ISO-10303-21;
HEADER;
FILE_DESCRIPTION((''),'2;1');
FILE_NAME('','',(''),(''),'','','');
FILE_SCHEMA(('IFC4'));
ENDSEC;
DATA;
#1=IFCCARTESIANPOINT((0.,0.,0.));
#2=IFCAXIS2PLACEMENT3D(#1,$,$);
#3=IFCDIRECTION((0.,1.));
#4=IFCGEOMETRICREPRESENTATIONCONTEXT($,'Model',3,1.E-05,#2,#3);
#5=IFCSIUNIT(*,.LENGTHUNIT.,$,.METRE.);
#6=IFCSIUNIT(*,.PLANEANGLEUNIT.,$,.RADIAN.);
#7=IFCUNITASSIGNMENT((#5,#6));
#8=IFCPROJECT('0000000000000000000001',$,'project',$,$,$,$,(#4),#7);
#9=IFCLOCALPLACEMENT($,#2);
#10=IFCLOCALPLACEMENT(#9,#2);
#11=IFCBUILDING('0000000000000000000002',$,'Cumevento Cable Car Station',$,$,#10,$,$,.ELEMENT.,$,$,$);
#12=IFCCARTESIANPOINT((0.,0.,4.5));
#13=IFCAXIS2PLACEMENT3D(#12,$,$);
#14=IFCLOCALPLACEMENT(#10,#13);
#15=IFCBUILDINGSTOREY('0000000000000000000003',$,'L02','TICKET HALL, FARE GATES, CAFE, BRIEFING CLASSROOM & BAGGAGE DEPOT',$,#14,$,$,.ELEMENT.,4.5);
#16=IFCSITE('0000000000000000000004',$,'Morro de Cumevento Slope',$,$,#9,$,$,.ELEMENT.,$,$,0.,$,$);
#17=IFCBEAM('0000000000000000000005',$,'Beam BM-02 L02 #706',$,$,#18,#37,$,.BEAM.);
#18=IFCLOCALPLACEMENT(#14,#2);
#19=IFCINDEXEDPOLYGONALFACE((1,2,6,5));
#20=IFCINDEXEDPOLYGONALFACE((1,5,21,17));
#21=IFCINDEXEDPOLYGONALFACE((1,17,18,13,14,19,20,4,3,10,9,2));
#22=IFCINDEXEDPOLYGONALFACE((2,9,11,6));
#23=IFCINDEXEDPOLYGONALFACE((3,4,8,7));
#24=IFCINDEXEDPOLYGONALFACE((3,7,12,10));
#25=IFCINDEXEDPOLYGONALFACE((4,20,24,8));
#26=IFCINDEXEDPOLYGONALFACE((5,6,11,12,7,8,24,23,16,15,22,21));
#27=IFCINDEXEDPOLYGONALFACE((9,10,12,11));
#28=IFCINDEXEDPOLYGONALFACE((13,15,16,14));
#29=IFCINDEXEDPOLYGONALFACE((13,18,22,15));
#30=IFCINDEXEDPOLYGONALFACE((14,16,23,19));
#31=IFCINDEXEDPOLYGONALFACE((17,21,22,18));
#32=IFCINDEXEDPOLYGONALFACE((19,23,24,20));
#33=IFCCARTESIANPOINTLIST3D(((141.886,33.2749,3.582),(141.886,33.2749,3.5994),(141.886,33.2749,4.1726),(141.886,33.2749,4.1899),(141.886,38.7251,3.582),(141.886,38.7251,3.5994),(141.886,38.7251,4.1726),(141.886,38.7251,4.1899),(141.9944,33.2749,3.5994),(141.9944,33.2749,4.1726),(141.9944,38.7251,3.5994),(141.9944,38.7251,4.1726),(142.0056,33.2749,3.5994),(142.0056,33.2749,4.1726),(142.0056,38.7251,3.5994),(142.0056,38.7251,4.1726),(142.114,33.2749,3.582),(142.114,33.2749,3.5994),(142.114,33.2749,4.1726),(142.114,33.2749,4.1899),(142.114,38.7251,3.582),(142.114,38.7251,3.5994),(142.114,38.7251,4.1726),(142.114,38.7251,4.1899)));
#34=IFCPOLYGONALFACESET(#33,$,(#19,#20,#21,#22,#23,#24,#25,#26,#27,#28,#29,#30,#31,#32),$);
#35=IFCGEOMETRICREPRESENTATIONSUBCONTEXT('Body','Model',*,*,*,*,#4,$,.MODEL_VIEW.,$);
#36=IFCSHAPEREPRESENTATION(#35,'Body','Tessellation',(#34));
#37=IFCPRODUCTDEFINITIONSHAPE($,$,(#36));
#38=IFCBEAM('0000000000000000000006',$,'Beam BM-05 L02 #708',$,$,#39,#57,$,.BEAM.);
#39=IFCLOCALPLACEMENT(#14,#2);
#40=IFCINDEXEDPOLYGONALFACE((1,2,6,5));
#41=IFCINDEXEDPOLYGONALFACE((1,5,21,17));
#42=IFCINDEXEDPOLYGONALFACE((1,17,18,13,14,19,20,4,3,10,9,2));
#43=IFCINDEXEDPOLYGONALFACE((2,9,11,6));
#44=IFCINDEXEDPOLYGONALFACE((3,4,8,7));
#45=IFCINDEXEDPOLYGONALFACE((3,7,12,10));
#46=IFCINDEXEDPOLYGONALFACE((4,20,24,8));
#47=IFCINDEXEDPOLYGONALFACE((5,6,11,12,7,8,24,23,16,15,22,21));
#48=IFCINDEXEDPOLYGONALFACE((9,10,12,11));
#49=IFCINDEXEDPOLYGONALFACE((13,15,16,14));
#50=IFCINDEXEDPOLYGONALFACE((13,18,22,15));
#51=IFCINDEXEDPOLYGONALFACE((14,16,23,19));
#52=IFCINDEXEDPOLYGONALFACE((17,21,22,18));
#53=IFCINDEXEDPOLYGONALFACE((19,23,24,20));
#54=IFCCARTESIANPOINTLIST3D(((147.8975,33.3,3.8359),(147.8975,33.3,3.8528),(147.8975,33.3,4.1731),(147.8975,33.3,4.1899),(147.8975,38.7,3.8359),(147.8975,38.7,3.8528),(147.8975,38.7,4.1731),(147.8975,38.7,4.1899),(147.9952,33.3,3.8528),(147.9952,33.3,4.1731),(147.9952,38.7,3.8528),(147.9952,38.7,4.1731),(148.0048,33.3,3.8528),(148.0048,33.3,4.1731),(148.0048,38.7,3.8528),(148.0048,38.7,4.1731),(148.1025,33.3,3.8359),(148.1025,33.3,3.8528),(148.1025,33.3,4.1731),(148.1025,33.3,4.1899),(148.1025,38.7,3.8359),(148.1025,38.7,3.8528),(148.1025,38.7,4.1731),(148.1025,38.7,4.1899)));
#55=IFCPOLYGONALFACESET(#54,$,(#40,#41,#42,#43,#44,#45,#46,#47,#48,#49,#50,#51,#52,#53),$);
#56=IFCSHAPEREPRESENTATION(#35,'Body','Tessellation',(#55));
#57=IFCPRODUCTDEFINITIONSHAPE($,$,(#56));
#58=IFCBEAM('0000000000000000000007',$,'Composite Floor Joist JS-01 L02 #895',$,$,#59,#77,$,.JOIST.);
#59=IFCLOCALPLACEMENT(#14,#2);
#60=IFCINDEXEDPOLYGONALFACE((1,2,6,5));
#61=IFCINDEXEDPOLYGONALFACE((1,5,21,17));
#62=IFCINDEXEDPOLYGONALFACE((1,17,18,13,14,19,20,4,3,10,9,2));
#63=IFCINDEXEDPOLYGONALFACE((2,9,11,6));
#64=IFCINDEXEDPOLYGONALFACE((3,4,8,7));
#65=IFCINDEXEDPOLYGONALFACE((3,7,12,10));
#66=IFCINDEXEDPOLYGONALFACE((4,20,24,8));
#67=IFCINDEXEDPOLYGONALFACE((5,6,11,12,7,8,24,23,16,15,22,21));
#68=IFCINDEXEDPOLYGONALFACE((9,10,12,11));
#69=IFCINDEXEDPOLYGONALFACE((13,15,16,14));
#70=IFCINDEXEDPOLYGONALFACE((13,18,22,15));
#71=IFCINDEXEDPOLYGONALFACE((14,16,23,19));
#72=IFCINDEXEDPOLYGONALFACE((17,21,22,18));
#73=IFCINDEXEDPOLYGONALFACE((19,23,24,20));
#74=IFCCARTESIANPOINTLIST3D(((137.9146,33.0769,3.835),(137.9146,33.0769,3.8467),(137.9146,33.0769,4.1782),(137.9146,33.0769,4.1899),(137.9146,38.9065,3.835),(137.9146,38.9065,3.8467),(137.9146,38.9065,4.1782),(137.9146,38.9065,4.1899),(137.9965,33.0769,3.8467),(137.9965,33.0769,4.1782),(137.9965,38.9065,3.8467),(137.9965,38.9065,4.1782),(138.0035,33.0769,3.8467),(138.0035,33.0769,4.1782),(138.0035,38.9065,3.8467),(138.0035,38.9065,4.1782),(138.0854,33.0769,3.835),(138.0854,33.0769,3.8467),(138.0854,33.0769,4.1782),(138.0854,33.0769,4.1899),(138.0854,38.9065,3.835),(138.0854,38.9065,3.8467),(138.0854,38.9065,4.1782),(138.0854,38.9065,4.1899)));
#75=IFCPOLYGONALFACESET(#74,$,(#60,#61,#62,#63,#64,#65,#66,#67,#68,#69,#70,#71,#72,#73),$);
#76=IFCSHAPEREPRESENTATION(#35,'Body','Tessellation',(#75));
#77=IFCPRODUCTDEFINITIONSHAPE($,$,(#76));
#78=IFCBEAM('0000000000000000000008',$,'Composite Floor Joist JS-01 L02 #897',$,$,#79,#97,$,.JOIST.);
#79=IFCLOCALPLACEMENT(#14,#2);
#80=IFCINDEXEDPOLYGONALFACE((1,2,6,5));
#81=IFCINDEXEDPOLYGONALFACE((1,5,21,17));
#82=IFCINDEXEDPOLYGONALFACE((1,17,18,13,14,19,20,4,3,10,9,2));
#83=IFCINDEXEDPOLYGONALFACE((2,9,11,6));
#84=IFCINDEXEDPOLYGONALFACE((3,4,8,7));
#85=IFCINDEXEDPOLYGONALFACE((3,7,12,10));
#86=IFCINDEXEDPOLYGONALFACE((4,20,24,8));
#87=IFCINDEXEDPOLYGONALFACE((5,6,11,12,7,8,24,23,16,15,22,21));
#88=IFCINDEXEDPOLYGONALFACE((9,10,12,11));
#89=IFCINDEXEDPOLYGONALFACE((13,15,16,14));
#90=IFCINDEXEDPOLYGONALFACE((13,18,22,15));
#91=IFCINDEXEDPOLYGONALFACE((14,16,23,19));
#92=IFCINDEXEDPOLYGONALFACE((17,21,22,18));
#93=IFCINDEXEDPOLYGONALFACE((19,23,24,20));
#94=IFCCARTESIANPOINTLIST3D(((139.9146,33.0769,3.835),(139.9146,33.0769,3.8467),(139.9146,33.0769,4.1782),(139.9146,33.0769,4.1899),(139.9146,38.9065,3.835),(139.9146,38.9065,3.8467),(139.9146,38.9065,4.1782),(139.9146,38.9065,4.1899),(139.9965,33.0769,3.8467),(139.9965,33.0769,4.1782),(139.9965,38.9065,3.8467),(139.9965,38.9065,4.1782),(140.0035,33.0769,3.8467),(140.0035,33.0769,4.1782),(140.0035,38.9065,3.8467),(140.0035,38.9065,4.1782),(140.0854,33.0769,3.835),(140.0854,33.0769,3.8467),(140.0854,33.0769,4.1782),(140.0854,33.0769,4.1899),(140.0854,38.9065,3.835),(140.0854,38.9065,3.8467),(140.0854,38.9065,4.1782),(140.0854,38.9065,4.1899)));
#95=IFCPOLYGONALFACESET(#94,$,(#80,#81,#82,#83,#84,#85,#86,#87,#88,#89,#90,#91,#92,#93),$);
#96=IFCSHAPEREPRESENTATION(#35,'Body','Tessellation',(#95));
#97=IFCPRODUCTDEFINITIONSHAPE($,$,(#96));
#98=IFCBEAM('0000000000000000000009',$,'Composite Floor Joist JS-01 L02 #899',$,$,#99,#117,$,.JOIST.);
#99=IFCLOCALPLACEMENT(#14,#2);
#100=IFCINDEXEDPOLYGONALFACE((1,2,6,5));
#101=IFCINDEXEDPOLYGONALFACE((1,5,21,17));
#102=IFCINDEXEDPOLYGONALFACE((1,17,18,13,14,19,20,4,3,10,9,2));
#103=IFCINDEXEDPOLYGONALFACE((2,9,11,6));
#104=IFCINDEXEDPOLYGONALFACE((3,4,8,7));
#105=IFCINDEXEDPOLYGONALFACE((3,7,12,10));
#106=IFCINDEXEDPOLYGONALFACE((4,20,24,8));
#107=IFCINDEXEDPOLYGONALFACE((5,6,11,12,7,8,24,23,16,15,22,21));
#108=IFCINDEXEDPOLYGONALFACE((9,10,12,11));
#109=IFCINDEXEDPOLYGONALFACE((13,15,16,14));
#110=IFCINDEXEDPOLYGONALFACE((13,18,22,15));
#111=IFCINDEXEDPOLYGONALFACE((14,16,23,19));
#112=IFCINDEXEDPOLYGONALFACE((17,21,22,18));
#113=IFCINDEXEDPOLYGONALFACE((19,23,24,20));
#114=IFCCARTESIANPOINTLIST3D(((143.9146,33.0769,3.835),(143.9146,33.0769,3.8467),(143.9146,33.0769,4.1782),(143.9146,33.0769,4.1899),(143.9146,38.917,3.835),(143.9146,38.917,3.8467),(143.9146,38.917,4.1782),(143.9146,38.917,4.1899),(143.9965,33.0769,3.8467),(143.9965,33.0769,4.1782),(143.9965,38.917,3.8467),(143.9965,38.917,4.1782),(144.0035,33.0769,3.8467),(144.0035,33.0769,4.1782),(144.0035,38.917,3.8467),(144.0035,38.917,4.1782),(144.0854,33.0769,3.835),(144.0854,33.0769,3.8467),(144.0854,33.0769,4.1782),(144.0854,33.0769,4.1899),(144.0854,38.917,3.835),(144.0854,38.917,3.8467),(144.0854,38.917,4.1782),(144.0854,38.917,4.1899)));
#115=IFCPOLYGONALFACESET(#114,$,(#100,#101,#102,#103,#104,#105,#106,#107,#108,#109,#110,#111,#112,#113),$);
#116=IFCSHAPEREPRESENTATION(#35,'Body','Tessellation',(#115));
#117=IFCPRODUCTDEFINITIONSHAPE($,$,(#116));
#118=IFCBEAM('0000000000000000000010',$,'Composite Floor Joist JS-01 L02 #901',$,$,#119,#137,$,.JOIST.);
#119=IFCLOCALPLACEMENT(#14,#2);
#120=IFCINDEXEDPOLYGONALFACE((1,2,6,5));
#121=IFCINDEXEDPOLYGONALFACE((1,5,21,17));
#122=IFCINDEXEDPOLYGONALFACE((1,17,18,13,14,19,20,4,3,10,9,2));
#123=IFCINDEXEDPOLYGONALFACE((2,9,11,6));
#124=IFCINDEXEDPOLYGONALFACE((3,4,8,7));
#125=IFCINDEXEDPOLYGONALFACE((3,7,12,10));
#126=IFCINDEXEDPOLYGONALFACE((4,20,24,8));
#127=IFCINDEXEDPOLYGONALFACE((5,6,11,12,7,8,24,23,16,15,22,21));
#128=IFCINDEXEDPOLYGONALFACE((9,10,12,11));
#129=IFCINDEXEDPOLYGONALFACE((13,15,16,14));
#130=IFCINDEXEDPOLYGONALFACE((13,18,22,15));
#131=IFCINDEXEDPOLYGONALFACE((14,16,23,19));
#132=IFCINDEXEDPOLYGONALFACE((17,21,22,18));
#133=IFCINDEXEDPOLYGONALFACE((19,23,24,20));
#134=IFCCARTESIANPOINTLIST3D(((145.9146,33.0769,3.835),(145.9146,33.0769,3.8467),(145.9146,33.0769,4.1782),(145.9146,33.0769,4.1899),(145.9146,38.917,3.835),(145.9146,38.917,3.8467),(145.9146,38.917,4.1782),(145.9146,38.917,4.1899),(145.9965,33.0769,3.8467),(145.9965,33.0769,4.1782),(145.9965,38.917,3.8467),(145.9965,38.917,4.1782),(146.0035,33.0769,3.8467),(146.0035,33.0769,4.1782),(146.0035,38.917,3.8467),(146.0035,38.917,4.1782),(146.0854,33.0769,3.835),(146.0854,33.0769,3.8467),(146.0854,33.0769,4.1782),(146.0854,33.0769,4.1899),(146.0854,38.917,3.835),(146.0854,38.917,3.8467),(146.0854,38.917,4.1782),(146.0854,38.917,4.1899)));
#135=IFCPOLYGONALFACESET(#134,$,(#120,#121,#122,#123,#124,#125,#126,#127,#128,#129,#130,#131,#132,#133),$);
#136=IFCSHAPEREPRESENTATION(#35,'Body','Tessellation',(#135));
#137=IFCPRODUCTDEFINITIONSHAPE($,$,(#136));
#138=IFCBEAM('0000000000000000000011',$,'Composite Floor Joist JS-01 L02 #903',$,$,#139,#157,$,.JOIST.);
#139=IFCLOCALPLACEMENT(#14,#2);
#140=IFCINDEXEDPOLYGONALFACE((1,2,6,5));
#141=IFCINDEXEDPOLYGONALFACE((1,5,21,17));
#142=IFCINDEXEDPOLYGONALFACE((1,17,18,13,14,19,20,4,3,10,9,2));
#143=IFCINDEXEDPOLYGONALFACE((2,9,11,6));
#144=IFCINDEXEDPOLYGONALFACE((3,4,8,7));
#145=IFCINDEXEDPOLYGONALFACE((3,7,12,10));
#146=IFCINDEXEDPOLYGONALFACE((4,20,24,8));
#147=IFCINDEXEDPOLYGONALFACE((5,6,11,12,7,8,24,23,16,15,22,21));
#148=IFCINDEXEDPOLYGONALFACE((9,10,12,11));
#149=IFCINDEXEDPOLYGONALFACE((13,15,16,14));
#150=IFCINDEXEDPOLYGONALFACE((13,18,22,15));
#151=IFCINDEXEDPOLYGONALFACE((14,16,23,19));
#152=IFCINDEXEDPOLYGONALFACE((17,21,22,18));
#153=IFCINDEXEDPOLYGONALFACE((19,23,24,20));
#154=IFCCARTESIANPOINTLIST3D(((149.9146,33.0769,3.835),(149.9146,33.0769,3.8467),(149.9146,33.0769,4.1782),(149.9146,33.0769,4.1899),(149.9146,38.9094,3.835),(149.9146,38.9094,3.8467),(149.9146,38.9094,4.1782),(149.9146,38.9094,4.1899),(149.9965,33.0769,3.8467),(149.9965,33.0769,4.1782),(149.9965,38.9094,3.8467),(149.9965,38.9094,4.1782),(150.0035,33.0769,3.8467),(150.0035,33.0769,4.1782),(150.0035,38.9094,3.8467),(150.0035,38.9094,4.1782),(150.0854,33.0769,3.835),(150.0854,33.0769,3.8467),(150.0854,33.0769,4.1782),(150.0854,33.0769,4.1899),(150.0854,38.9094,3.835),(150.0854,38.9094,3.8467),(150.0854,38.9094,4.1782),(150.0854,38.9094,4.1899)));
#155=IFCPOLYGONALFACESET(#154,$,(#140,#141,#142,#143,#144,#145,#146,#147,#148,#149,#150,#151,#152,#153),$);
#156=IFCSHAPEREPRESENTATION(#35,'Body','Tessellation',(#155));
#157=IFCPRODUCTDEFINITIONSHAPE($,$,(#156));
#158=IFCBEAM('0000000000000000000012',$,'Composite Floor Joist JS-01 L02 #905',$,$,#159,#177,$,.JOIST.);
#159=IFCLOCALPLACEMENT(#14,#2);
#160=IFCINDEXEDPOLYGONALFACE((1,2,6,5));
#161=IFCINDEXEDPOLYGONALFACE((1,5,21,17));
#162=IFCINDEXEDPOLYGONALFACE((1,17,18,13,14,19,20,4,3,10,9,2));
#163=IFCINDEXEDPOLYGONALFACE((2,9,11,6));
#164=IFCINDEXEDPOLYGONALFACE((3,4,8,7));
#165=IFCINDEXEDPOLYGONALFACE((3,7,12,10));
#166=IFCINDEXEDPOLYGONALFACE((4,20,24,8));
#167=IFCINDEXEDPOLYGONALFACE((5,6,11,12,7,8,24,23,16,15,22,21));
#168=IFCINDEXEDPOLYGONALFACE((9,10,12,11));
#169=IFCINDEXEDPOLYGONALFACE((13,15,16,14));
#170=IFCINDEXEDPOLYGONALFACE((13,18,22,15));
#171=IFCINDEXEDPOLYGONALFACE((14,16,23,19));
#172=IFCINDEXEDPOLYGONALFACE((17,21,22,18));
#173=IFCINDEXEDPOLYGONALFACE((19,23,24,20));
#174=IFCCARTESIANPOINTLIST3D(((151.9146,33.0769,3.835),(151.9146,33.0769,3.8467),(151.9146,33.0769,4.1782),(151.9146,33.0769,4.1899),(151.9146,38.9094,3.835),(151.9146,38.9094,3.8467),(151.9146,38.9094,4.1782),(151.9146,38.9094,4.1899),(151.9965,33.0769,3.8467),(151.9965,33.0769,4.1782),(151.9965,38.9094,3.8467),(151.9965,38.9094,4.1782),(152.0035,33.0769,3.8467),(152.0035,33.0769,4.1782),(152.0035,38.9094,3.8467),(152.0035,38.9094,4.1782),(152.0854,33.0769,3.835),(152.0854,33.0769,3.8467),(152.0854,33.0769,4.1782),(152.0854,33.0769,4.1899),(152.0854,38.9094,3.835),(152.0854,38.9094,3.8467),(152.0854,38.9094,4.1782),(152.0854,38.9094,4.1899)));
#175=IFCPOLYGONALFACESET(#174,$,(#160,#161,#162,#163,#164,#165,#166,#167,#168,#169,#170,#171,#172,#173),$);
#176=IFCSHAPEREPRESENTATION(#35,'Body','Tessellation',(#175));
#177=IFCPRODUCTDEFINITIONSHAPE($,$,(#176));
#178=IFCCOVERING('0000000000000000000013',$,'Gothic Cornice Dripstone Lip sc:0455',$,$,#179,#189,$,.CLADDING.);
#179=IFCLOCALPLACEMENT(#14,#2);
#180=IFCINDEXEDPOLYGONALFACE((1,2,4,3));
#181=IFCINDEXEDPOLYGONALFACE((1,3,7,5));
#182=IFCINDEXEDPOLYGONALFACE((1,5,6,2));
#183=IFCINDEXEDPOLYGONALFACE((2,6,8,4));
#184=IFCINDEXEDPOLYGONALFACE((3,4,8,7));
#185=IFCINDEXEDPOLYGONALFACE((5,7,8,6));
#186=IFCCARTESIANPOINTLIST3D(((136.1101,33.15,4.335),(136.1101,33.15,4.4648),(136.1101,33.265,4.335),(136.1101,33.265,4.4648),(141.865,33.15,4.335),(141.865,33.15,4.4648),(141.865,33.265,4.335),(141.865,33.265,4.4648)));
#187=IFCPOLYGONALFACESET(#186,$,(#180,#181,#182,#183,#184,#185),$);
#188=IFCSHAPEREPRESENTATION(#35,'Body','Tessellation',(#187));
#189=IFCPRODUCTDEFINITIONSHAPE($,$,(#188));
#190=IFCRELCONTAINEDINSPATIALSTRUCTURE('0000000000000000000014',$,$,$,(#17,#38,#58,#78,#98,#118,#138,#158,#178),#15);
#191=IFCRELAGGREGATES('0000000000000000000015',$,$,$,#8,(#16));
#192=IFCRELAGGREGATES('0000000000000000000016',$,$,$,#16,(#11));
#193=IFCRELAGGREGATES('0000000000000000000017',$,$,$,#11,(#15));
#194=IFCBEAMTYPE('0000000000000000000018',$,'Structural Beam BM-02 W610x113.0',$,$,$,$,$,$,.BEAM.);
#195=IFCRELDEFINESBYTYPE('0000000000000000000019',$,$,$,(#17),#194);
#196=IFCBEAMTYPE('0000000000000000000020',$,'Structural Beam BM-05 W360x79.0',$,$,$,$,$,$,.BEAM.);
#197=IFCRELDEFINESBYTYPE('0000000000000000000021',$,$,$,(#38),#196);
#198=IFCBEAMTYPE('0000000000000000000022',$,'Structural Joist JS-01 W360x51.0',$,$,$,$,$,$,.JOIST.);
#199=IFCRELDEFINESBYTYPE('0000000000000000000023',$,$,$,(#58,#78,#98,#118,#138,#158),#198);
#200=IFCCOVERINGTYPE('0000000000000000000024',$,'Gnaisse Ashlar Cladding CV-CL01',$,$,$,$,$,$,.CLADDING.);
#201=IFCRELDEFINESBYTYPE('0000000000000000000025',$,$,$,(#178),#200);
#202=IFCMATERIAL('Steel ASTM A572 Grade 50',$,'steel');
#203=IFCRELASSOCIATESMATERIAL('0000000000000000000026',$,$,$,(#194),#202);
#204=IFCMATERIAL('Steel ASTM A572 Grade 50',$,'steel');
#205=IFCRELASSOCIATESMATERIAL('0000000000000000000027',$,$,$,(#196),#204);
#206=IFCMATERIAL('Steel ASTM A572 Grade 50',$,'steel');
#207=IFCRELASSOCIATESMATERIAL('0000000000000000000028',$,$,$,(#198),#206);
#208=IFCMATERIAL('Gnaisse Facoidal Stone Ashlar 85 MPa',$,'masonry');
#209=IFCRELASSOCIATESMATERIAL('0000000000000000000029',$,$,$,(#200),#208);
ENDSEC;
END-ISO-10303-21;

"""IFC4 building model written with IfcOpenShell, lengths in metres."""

from ifc_helpers import new_model, si_unit, direction, frame, origin, origin_2d, place, context, subcontext, project, spatial, rectangle, i_section, extrude, material, material_profile, profile_set, type_object, element, save


model = new_model("IFC4")

# Units and contexts
model_context = context("Model", 3, precision=1e-05, world=origin(), true_north=direction((0.0, 1.0)))
body_context = subcontext(model_context, "Body", "Model", "MODEL_VIEW")
ifc_project = project(units=[si_unit("LENGTHUNIT", "METRE"), si_unit("PLANEANGLEUNIT", "RADIAN")], contexts=[model_context])

# Site, building, storey
site_placement = place(None, origin())
site = spatial("IfcSite", under=ifc_project, at=site_placement, Name="Morro de Cumevento Slope", CompositionType="ELEMENT", RefElevation=0.0)
building_placement = place(site_placement, origin())
building = spatial("IfcBuilding", under=site, at=building_placement, Name="Cumevento Cable Car Station", CompositionType="ELEMENT")
storey_placement = place(building_placement, frame((0.0, 0.0, 4.5)))
storey = spatial("IfcBuildingStorey", under=building, at=storey_placement, Name="L02", Description="TICKET HALL, FARE GATES, CAFE, BRIEFING CLASSROOM & BAGGAGE DEPOT", CompositionType="ELEMENT", Elevation=4.5)

# Beams
ifc_material_1 = material(Name="Steel ASTM A572 Grade 50", Category="steel")
ifc_material_profile_1 = material_profile(ifc_material_1, i_section(OverallWidth=0.228, OverallDepth=0.6079, WebThickness=0.0112, FlangeThickness=0.0173, at=origin_2d()), Name="W610x113.0")
ifc_profile_set_1 = profile_set([ifc_material_profile_1], Name="Steel ASTM A572 Grade 50")
beam_type_1 = type_object("IfcBeamType", Name="Structural Beam BM-02 W610x113.0", PredefinedType="BEAM", material=ifc_profile_set_1)
beam_1_placement = place(storey_placement, frame((142.0, 33.2749, 3.886), z_axis=(0.0, 1.0, 0.0), x_axis=(-1.0, 0.0, 0.0)))
element("IfcBeam", 1, at=beam_1_placement, inside=storey, type_object=beam_type_1, Name="Beam BM-02 L02 #706", PredefinedType="BEAM", context=body_context, shape_type="SweptSolid", body=[
    extrude(i_section(OverallWidth=0.228, OverallDepth=0.6079, WebThickness=0.0112, FlangeThickness=0.0173, at=origin_2d()), origin(), (0.0, 0.0, 1.0), 5.4502),
])
ifc_material_2 = material(Name="Steel ASTM A572 Grade 50", Category="steel")
ifc_material_profile_2 = material_profile(ifc_material_2, i_section(OverallWidth=0.2051, OverallDepth=0.354, WebThickness=0.0095, FlangeThickness=0.0168, at=origin_2d()), Name="W360x79.0")
ifc_profile_set_2 = profile_set([ifc_material_profile_2], Name="Steel ASTM A572 Grade 50")
beam_type_2 = type_object("IfcBeamType", Name="Structural Beam BM-05 W360x79.0", PredefinedType="BEAM", material=ifc_profile_set_2)
beam_2_placement = place(storey_placement, frame((148.0, 33.3, 4.0129), z_axis=(0.0, 1.0, 0.0), x_axis=(-1.0, 0.0, 0.0)))
element("IfcBeam", 2, at=beam_2_placement, inside=storey, type_object=beam_type_2, Name="Beam BM-05 L02 #708", PredefinedType="BEAM", context=body_context, shape_type="SweptSolid", body=[
    extrude(i_section(OverallWidth=0.2051, OverallDepth=0.354, WebThickness=0.0095, FlangeThickness=0.0168, at=origin_2d()), origin(), (0.0, 0.0, 1.0), 5.3999),
])
ifc_material_3 = material(Name="Steel ASTM A572 Grade 50", Category="steel")
ifc_material_profile_3 = material_profile(ifc_material_3, i_section(OverallWidth=0.1709, OverallDepth=0.355, WebThickness=0.0071, FlangeThickness=0.0117, at=origin_2d()), Name="W360x51.0")
ifc_profile_set_3 = profile_set([ifc_material_profile_3], Name="Steel ASTM A572 Grade 50")
beam_type_3 = type_object("IfcBeamType", Name="Structural Joist JS-01 W360x51.0", PredefinedType="JOIST", material=ifc_profile_set_3)
for number, where, z_axis, x_axis, name in (
    (3, (138.0, 33.0769, 4.0125), (0.0, 1.0, 0.0), (-1.0, 0.0, 0.0), "Composite Floor Joist JS-01 L02 #895"),
    (4, (140.0, 33.0769, 4.0125), (0.0, 1.0, 0.0), (-1.0, 0.0, 0.0), "Composite Floor Joist JS-01 L02 #897"),
):
    element("IfcBeam", number, at=place(storey_placement, frame(where, z_axis=z_axis, x_axis=x_axis)), inside=storey, type_object=beam_type_3, Name=name, PredefinedType="JOIST", context=body_context, shape_type="SweptSolid", body=[
        extrude(i_section(OverallWidth=0.1709, OverallDepth=0.355, WebThickness=0.0071, FlangeThickness=0.0117, at=origin_2d()), origin(), (0.0, 0.0, 1.0), 5.8296),
    ])
for number, where, z_axis, x_axis, name in (
    (5, (144.0, 33.0769, 4.0125), (0.0, 1.0, 0.0), (-1.0, 0.0, 0.0), "Composite Floor Joist JS-01 L02 #899"),
    (6, (146.0, 33.0769, 4.0125), (0.0, 1.0, 0.0), (-1.0, 0.0, 0.0), "Composite Floor Joist JS-01 L02 #901"),
):
    element("IfcBeam", number, at=place(storey_placement, frame(where, z_axis=z_axis, x_axis=x_axis)), inside=storey, type_object=beam_type_3, Name=name, PredefinedType="JOIST", context=body_context, shape_type="SweptSolid", body=[
        extrude(i_section(OverallWidth=0.1709, OverallDepth=0.355, WebThickness=0.0071, FlangeThickness=0.0117, at=origin_2d()), origin(), (0.0, 0.0, 1.0), 5.8401),
    ])
for number, where, z_axis, x_axis, name in (
    (7, (150.0, 33.0769, 4.0125), (0.0, 1.0, 0.0), (-1.0, 0.0, 0.0), "Composite Floor Joist JS-01 L02 #903"),
    (8, (152.0, 33.0769, 4.0125), (0.0, 1.0, 0.0), (-1.0, 0.0, 0.0), "Composite Floor Joist JS-01 L02 #905"),
):
    element("IfcBeam", number, at=place(storey_placement, frame(where, z_axis=z_axis, x_axis=x_axis)), inside=storey, type_object=beam_type_3, Name=name, PredefinedType="JOIST", context=body_context, shape_type="SweptSolid", body=[
        extrude(i_section(OverallWidth=0.1709, OverallDepth=0.355, WebThickness=0.0071, FlangeThickness=0.0117, at=origin_2d()), origin(), (0.0, 0.0, 1.0), 5.8325),
    ])

# Covering
ifc_material_4 = material(Name="Gnaisse Facoidal Stone Ashlar 85 MPa", Category="masonry")
covering_type = type_object("IfcCoveringType", Name="Gnaisse Ashlar Cladding CV-CL01", PredefinedType="CLADDING", material=ifc_material_4)
covering_1_placement = place(storey_placement, frame((138.9875, 33.2075, 4.335), z_axis=(0.0, 0.0, 1.0), x_axis=(1.0, 0.0, 0.0)))
element("IfcCovering", 9, at=covering_1_placement, inside=storey, type_object=covering_type, Name="Gothic Cornice Dripstone Lip sc:0455", PredefinedType="CLADDING", context=body_context, shape_type="SweptSolid", body=[
    extrude(rectangle(XDim=5.7549, YDim=0.115, at=origin_2d()), origin(), (0.0, 0.0, 1.0), 0.1299),
])

save(model, "model.ifc")
